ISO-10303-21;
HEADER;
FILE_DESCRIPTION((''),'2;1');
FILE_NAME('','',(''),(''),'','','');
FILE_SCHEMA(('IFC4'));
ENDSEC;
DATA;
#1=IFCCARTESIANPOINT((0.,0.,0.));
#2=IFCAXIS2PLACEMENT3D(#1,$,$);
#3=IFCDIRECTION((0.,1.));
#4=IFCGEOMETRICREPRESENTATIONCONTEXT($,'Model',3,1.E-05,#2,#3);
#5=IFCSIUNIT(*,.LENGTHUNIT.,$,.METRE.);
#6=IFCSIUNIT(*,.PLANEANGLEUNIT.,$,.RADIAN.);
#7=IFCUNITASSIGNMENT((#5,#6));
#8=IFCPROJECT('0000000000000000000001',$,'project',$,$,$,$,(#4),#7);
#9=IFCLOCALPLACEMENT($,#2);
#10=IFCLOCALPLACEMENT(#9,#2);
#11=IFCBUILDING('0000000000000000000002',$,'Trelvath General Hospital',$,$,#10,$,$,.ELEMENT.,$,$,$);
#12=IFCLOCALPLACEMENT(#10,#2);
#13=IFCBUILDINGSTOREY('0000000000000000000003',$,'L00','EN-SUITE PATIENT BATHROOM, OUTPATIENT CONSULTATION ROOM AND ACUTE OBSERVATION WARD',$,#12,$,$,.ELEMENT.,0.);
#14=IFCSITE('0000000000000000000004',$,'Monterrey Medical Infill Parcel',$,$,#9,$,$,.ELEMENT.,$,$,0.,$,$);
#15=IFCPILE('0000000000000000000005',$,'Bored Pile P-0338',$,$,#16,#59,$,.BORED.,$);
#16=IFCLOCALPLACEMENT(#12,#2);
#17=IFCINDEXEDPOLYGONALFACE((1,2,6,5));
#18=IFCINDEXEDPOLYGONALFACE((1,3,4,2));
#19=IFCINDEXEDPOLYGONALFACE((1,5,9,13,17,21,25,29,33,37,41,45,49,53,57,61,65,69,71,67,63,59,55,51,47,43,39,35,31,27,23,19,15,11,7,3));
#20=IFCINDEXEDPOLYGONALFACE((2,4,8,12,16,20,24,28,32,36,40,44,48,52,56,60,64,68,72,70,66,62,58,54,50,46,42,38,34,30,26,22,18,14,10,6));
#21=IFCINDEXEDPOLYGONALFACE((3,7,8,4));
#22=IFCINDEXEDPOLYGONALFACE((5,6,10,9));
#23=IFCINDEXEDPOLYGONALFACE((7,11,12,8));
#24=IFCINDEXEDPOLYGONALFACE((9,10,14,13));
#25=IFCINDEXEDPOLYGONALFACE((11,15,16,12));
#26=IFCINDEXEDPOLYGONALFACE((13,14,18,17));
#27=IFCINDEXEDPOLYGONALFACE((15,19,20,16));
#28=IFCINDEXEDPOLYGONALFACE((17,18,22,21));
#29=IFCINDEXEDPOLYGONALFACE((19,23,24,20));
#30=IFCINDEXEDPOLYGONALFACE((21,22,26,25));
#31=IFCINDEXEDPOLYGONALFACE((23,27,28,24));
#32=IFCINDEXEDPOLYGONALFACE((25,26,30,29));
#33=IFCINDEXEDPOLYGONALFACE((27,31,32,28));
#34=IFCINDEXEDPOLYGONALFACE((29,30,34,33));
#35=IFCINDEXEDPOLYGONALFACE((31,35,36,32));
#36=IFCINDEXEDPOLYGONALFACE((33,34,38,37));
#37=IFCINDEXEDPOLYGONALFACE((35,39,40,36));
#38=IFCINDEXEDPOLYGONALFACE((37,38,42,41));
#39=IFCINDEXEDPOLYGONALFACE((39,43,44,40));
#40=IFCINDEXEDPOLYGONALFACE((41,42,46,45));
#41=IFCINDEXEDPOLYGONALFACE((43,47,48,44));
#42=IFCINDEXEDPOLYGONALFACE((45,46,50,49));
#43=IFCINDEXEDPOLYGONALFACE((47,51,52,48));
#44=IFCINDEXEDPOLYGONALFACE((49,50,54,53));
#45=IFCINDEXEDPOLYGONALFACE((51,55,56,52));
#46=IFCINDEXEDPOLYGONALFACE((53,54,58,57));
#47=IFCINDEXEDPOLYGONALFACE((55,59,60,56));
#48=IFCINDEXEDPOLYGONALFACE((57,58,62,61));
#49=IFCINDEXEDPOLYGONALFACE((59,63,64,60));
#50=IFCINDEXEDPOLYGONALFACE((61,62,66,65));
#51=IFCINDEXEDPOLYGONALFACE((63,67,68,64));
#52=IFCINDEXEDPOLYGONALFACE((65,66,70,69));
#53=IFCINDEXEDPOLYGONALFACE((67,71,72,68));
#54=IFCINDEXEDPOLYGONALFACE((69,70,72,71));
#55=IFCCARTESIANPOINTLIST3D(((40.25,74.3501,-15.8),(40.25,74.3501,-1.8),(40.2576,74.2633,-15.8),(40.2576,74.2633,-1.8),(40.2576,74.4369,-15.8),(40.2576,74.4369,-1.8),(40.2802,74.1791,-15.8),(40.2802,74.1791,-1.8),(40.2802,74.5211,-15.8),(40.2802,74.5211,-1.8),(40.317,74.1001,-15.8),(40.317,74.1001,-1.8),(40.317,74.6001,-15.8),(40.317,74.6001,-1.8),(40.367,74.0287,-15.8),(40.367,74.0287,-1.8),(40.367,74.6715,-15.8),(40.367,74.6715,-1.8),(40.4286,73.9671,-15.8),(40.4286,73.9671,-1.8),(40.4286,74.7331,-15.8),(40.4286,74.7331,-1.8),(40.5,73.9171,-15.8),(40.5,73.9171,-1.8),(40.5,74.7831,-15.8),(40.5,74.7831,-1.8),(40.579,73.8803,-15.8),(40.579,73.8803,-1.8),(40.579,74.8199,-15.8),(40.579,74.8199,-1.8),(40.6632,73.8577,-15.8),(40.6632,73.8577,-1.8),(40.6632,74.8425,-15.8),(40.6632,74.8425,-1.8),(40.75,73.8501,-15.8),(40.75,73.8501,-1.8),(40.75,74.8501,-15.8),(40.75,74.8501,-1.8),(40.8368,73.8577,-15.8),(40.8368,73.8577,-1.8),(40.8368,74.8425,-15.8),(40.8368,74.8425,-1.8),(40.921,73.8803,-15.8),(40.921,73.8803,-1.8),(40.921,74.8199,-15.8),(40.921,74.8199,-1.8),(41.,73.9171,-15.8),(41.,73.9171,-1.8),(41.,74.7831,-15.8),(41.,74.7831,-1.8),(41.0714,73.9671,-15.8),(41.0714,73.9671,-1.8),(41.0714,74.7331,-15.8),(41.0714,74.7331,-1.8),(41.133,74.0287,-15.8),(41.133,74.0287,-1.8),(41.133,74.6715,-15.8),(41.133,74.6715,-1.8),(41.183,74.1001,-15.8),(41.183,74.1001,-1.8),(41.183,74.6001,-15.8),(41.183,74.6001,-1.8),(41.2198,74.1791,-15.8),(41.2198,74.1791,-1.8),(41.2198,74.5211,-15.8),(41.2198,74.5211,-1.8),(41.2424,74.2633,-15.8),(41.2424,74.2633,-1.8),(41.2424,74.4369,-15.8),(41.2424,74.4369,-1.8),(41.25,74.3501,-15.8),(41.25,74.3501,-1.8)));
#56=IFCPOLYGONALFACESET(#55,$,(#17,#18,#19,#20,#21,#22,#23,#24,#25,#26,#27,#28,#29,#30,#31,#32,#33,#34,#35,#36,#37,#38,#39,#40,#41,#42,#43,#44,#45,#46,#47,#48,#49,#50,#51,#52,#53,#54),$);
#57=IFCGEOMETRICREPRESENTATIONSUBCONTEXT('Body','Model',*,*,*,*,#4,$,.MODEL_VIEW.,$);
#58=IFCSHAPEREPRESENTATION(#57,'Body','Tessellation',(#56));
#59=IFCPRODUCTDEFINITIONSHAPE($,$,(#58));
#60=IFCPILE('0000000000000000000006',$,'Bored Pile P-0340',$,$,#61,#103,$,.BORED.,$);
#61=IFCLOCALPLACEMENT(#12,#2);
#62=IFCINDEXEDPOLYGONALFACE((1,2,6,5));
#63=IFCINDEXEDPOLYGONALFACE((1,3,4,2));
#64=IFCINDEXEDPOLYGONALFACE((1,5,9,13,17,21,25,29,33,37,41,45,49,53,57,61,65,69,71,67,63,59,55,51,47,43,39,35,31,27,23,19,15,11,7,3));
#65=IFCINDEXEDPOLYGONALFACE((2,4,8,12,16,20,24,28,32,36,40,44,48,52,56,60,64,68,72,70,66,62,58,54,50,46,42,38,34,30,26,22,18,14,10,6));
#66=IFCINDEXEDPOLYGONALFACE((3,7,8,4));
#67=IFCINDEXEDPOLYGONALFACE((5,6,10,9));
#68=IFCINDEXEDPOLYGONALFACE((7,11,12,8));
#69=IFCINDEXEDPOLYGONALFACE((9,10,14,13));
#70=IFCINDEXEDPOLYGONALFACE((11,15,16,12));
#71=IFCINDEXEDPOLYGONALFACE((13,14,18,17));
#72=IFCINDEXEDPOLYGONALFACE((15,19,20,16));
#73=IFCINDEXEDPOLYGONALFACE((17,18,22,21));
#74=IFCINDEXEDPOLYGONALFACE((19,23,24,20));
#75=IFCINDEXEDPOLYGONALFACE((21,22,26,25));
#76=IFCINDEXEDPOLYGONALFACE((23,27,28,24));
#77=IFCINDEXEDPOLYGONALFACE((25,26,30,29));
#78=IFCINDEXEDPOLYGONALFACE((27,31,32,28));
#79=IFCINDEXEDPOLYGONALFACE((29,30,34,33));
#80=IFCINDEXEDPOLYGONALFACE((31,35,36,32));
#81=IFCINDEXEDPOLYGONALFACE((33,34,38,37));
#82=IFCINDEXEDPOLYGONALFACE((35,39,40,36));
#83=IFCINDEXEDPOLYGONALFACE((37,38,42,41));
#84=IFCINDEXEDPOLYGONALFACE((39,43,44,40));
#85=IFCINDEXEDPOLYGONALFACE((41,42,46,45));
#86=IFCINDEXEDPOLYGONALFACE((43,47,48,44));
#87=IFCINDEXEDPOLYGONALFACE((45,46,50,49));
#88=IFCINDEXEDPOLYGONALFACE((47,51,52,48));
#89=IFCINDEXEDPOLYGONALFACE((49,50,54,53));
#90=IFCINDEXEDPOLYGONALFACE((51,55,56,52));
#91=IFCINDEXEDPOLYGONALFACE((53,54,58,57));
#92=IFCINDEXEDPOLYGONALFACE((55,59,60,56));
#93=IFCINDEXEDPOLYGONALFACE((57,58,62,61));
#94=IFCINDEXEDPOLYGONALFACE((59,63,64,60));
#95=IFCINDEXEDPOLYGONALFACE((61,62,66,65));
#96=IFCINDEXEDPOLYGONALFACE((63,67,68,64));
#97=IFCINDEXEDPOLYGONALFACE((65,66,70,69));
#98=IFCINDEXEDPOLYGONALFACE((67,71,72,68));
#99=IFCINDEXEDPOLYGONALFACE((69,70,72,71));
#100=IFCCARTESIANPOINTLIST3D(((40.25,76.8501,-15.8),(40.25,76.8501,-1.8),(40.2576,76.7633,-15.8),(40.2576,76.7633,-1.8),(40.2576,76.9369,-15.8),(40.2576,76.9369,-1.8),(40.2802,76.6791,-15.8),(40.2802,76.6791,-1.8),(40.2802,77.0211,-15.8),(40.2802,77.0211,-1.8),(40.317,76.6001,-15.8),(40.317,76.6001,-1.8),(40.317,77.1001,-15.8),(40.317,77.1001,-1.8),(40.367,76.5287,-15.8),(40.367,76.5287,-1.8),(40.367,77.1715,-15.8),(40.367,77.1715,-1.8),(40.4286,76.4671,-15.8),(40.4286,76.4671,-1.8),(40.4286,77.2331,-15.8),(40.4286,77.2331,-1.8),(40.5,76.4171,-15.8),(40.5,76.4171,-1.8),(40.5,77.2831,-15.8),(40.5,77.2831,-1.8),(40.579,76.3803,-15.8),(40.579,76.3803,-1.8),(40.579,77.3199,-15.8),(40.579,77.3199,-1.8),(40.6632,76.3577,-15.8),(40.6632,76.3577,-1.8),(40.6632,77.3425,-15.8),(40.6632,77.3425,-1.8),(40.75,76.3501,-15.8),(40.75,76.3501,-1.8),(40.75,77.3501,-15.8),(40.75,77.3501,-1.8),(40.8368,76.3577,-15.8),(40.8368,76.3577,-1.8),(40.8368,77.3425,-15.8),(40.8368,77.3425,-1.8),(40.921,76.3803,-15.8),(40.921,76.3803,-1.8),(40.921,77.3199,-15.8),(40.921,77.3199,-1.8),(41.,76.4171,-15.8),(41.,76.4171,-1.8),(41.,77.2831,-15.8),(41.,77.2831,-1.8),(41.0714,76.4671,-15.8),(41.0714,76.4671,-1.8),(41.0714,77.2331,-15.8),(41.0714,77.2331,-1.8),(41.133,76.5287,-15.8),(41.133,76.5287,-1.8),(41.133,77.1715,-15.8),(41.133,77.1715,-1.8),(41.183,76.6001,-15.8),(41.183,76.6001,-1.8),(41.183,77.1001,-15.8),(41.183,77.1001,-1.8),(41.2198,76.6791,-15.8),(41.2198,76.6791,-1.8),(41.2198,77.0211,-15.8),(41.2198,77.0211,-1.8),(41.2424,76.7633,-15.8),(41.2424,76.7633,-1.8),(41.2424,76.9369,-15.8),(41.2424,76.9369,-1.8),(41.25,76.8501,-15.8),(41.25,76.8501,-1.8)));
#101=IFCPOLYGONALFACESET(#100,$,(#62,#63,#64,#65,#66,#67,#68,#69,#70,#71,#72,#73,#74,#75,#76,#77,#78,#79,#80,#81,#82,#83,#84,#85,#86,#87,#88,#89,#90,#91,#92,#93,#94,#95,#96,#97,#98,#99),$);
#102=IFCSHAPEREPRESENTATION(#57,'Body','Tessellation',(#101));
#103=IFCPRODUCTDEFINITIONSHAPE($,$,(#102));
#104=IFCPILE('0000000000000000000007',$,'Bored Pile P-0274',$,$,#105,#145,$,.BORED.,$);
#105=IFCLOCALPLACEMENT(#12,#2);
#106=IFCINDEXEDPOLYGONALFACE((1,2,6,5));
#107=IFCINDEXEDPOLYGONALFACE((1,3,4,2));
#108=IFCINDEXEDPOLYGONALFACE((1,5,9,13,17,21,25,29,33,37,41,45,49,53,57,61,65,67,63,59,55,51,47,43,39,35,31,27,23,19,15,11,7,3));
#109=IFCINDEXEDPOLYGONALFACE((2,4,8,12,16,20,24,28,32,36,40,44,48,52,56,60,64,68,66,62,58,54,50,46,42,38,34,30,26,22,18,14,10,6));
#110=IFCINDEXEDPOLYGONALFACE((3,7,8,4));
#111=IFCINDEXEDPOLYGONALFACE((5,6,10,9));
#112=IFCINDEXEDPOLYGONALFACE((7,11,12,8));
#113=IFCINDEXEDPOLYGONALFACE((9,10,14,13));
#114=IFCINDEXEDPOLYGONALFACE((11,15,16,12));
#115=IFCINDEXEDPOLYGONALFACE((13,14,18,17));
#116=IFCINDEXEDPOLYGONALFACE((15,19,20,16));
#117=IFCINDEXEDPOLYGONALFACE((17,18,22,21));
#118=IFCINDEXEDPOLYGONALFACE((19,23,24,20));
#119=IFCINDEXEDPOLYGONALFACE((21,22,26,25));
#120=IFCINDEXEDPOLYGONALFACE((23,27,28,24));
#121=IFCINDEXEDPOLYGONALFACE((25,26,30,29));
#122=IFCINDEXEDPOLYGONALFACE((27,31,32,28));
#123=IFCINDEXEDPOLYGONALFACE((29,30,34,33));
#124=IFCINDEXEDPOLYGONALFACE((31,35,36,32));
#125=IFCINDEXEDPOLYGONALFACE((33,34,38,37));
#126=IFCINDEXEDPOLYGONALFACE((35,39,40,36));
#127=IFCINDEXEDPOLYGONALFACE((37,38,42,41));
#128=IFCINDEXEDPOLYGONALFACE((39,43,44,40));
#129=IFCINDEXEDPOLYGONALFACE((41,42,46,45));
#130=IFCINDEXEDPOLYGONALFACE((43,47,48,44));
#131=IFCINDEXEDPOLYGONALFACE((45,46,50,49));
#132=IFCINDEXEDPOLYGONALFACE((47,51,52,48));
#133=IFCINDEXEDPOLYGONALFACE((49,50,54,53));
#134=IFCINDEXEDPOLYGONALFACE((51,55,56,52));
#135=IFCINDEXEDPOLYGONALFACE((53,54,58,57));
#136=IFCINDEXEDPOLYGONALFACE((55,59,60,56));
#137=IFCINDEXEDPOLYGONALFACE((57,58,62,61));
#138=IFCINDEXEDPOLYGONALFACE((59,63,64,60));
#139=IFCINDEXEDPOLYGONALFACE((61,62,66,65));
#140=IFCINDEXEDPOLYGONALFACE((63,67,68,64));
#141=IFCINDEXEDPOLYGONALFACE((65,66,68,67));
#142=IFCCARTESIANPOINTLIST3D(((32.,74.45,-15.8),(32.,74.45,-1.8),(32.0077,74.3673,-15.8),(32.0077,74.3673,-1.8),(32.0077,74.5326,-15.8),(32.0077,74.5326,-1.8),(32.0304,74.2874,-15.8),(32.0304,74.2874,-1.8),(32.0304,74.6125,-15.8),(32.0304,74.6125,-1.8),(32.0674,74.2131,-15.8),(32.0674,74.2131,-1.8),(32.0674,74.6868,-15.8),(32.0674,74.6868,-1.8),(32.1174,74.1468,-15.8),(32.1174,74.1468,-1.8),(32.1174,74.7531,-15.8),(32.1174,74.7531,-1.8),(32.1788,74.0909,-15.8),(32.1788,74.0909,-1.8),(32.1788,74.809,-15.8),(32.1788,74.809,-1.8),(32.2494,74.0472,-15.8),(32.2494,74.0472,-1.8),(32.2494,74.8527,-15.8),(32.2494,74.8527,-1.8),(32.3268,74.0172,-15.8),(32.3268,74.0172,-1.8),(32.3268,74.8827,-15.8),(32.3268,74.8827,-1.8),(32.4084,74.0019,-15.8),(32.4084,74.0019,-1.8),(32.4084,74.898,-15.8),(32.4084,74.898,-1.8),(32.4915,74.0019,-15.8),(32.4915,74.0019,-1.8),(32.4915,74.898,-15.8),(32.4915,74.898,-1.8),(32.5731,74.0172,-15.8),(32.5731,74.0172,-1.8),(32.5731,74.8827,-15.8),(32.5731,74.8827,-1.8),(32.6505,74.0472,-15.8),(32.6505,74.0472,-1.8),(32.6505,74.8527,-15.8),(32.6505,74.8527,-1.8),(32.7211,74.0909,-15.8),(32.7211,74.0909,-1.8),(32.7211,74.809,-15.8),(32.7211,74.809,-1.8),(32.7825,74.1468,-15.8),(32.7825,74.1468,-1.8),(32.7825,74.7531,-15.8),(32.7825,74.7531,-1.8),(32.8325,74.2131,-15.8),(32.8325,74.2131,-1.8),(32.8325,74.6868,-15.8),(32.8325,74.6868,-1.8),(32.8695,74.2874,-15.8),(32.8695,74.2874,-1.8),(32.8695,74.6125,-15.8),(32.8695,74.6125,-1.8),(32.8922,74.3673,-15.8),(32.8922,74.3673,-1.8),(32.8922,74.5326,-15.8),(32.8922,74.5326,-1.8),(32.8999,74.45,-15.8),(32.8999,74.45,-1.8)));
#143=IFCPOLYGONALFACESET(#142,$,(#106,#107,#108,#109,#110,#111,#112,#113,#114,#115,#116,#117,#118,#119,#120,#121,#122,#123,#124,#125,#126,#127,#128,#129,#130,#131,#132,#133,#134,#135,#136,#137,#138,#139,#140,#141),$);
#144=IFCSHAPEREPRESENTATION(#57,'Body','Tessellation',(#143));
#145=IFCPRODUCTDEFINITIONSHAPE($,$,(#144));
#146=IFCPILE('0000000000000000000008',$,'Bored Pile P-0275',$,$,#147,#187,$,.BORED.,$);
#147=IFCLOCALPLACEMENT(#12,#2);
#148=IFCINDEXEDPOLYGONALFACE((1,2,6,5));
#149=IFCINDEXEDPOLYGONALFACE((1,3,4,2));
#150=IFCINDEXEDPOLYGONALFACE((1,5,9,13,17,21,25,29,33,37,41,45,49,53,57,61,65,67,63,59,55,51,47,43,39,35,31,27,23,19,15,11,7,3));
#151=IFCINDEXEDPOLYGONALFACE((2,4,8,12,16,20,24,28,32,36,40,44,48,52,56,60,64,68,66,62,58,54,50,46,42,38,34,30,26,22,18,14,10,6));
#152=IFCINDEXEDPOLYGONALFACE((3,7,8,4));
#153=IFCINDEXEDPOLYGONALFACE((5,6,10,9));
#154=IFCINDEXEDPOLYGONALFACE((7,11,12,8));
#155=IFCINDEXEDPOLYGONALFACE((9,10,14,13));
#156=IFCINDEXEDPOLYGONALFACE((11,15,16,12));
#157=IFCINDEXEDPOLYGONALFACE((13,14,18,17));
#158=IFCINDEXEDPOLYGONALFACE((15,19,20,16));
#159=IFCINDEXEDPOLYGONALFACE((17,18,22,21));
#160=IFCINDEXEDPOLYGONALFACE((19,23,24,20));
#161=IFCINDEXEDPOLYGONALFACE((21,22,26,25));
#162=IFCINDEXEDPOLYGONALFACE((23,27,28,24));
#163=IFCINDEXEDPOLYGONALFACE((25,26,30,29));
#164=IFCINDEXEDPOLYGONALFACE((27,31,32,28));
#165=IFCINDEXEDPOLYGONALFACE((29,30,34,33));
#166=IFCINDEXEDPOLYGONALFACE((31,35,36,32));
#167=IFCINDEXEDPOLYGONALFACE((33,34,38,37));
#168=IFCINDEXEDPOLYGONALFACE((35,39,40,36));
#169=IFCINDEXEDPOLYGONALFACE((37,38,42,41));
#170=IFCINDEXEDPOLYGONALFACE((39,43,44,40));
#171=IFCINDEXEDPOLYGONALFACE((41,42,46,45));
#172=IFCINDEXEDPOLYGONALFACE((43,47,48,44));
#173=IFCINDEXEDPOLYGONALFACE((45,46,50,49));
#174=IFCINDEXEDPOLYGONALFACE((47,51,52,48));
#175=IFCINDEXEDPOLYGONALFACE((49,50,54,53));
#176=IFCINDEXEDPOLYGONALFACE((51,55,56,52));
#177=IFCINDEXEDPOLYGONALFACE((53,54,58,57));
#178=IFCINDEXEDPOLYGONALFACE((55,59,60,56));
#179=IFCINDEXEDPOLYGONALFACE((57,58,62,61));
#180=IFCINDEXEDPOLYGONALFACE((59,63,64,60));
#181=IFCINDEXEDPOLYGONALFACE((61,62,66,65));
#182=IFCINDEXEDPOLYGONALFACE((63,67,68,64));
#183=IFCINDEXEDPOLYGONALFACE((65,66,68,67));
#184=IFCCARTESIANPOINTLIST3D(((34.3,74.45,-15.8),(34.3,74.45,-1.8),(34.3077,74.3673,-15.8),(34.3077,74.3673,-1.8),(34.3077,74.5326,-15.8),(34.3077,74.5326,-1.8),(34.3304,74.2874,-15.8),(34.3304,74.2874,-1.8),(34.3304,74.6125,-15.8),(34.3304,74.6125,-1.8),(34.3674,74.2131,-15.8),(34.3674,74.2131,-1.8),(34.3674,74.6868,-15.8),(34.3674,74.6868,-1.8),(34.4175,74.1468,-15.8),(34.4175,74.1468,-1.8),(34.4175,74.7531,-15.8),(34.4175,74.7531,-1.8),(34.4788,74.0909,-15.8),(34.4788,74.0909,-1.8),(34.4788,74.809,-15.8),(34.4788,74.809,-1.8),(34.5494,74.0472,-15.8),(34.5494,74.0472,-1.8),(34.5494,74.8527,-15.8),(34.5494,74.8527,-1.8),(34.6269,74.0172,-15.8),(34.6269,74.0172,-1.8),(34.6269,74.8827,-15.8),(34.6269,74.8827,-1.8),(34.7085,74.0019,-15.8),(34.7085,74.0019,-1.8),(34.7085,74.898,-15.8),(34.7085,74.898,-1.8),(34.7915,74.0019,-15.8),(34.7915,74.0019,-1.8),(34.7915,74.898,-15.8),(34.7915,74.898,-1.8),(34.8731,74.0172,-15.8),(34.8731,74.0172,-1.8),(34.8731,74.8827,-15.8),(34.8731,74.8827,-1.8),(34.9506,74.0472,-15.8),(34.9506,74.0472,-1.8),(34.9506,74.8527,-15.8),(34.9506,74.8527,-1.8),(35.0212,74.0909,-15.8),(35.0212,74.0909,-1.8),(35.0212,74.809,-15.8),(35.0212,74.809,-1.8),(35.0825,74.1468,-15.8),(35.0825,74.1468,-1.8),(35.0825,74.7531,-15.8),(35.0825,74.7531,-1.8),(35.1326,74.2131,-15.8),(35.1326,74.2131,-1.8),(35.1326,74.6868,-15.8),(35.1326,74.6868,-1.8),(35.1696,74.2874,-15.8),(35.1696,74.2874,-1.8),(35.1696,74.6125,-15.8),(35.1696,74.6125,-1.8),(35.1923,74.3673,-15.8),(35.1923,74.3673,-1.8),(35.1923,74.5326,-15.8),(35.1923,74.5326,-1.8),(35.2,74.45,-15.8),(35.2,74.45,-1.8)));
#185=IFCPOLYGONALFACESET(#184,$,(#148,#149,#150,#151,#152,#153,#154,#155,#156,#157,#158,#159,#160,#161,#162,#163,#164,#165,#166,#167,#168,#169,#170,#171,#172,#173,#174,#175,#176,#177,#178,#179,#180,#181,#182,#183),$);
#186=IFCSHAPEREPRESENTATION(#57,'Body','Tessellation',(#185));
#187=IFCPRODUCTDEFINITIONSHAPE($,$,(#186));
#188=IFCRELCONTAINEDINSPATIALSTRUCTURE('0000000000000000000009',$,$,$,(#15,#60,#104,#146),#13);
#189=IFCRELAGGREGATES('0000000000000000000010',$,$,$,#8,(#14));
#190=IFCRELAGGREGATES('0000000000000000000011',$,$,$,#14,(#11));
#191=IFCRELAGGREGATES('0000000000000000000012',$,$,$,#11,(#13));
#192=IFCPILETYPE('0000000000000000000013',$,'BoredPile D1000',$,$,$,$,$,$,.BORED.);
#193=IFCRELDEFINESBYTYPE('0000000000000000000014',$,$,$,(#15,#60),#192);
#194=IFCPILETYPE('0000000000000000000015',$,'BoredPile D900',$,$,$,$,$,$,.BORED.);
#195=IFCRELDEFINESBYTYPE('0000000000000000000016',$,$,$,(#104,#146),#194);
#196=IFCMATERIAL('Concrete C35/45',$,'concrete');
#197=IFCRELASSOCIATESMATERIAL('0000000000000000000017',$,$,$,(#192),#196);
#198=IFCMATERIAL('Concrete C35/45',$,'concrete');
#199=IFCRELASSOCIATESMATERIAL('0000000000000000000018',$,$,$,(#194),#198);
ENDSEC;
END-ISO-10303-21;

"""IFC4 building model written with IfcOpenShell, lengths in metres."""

from ifc_helpers import new_model, si_unit, direction, frame, origin, origin_2d, place, context, subcontext, project, spatial, circle, extrude, material, material_profile, profile_set, type_object, element, save


model = new_model("IFC4")

# Units and contexts
model_context = context("Model", 3, precision=1e-05, world=origin(), true_north=direction((0.0, 1.0)))
body_context = subcontext(model_context, "Body", "Model", "MODEL_VIEW")
ifc_project = project(units=[si_unit("LENGTHUNIT", "METRE"), si_unit("PLANEANGLEUNIT", "RADIAN")], contexts=[model_context])

# Site, building, storey
site_placement = place(None, origin())
site = spatial("IfcSite", under=ifc_project, at=site_placement, Name="Monterrey Medical Infill Parcel", CompositionType="ELEMENT", RefElevation=0.0)
building_placement = place(site_placement, origin())
building = spatial("IfcBuilding", under=site, at=building_placement, Name="Trelvath General Hospital", CompositionType="ELEMENT")
storey_placement = place(building_placement, origin())
storey = spatial("IfcBuildingStorey", under=building, at=storey_placement, Name="L00", Description="EN-SUITE PATIENT BATHROOM, OUTPATIENT CONSULTATION ROOM AND ACUTE OBSERVATION WARD", CompositionType="ELEMENT", Elevation=0.0)

# Piles
ifc_material_1 = material(Name="Concrete C35/45", Category="concrete")
ifc_material_profile_1 = material_profile(ifc_material_1, circle(Radius=0.5, at=origin_2d()), Name="PILE1000")
ifc_profile_set_1 = profile_set([ifc_material_profile_1], Name="Concrete C35/45")
pile_type_1 = type_object("IfcPileType", Name="BoredPile D1000", PredefinedType="BORED", material=ifc_profile_set_1)
for number, where, z_axis, x_axis, name in (
    (1, (40.75, 74.3501, -1.8), (0.0, 0.0, -1.0), (1.0, 0.0, 0.0), "Bored Pile P-0338"),
    (2, (40.75, 76.8501, -1.8), (0.0, 0.0, -1.0), (1.0, 0.0, 0.0), "Bored Pile P-0340"),
):
    element("IfcPile", number, at=place(storey_placement, frame(where, z_axis=z_axis, x_axis=x_axis)), inside=storey, type_object=pile_type_1, Name=name, PredefinedType="BORED", context=body_context, shape_type="SweptSolid", body=[
        extrude(circle(Radius=0.5, at=origin_2d()), origin(), (0.0, 0.0, 1.0), 14.0),
    ])
ifc_material_2 = material(Name="Concrete C35/45", Category="concrete")
ifc_material_profile_2 = material_profile(ifc_material_2, circle(Radius=0.45, at=origin_2d()), Name="PILE900")
ifc_profile_set_2 = profile_set([ifc_material_profile_2], Name="Concrete C35/45")
pile_type_2 = type_object("IfcPileType", Name="BoredPile D900", PredefinedType="BORED", material=ifc_profile_set_2)
for number, where, z_axis, x_axis, name in (
    (3, (32.45, 74.45, -1.8), (0.0, 0.0, -1.0), (1.0, 0.0, 0.0), "Bored Pile P-0274"),
    (4, (34.75, 74.45, -1.8), (0.0, 0.0, -1.0), (1.0, 0.0, 0.0), "Bored Pile P-0275"),
):
    element("IfcPile", number, at=place(storey_placement, frame(where, z_axis=z_axis, x_axis=x_axis)), inside=storey, type_object=pile_type_2, Name=name, PredefinedType="BORED", context=body_context, shape_type="SweptSolid", body=[
        extrude(circle(Radius=0.45, at=origin_2d()), origin(), (0.0, 0.0, 1.0), 14.0),
    ])

save(model, "model.ifc")
